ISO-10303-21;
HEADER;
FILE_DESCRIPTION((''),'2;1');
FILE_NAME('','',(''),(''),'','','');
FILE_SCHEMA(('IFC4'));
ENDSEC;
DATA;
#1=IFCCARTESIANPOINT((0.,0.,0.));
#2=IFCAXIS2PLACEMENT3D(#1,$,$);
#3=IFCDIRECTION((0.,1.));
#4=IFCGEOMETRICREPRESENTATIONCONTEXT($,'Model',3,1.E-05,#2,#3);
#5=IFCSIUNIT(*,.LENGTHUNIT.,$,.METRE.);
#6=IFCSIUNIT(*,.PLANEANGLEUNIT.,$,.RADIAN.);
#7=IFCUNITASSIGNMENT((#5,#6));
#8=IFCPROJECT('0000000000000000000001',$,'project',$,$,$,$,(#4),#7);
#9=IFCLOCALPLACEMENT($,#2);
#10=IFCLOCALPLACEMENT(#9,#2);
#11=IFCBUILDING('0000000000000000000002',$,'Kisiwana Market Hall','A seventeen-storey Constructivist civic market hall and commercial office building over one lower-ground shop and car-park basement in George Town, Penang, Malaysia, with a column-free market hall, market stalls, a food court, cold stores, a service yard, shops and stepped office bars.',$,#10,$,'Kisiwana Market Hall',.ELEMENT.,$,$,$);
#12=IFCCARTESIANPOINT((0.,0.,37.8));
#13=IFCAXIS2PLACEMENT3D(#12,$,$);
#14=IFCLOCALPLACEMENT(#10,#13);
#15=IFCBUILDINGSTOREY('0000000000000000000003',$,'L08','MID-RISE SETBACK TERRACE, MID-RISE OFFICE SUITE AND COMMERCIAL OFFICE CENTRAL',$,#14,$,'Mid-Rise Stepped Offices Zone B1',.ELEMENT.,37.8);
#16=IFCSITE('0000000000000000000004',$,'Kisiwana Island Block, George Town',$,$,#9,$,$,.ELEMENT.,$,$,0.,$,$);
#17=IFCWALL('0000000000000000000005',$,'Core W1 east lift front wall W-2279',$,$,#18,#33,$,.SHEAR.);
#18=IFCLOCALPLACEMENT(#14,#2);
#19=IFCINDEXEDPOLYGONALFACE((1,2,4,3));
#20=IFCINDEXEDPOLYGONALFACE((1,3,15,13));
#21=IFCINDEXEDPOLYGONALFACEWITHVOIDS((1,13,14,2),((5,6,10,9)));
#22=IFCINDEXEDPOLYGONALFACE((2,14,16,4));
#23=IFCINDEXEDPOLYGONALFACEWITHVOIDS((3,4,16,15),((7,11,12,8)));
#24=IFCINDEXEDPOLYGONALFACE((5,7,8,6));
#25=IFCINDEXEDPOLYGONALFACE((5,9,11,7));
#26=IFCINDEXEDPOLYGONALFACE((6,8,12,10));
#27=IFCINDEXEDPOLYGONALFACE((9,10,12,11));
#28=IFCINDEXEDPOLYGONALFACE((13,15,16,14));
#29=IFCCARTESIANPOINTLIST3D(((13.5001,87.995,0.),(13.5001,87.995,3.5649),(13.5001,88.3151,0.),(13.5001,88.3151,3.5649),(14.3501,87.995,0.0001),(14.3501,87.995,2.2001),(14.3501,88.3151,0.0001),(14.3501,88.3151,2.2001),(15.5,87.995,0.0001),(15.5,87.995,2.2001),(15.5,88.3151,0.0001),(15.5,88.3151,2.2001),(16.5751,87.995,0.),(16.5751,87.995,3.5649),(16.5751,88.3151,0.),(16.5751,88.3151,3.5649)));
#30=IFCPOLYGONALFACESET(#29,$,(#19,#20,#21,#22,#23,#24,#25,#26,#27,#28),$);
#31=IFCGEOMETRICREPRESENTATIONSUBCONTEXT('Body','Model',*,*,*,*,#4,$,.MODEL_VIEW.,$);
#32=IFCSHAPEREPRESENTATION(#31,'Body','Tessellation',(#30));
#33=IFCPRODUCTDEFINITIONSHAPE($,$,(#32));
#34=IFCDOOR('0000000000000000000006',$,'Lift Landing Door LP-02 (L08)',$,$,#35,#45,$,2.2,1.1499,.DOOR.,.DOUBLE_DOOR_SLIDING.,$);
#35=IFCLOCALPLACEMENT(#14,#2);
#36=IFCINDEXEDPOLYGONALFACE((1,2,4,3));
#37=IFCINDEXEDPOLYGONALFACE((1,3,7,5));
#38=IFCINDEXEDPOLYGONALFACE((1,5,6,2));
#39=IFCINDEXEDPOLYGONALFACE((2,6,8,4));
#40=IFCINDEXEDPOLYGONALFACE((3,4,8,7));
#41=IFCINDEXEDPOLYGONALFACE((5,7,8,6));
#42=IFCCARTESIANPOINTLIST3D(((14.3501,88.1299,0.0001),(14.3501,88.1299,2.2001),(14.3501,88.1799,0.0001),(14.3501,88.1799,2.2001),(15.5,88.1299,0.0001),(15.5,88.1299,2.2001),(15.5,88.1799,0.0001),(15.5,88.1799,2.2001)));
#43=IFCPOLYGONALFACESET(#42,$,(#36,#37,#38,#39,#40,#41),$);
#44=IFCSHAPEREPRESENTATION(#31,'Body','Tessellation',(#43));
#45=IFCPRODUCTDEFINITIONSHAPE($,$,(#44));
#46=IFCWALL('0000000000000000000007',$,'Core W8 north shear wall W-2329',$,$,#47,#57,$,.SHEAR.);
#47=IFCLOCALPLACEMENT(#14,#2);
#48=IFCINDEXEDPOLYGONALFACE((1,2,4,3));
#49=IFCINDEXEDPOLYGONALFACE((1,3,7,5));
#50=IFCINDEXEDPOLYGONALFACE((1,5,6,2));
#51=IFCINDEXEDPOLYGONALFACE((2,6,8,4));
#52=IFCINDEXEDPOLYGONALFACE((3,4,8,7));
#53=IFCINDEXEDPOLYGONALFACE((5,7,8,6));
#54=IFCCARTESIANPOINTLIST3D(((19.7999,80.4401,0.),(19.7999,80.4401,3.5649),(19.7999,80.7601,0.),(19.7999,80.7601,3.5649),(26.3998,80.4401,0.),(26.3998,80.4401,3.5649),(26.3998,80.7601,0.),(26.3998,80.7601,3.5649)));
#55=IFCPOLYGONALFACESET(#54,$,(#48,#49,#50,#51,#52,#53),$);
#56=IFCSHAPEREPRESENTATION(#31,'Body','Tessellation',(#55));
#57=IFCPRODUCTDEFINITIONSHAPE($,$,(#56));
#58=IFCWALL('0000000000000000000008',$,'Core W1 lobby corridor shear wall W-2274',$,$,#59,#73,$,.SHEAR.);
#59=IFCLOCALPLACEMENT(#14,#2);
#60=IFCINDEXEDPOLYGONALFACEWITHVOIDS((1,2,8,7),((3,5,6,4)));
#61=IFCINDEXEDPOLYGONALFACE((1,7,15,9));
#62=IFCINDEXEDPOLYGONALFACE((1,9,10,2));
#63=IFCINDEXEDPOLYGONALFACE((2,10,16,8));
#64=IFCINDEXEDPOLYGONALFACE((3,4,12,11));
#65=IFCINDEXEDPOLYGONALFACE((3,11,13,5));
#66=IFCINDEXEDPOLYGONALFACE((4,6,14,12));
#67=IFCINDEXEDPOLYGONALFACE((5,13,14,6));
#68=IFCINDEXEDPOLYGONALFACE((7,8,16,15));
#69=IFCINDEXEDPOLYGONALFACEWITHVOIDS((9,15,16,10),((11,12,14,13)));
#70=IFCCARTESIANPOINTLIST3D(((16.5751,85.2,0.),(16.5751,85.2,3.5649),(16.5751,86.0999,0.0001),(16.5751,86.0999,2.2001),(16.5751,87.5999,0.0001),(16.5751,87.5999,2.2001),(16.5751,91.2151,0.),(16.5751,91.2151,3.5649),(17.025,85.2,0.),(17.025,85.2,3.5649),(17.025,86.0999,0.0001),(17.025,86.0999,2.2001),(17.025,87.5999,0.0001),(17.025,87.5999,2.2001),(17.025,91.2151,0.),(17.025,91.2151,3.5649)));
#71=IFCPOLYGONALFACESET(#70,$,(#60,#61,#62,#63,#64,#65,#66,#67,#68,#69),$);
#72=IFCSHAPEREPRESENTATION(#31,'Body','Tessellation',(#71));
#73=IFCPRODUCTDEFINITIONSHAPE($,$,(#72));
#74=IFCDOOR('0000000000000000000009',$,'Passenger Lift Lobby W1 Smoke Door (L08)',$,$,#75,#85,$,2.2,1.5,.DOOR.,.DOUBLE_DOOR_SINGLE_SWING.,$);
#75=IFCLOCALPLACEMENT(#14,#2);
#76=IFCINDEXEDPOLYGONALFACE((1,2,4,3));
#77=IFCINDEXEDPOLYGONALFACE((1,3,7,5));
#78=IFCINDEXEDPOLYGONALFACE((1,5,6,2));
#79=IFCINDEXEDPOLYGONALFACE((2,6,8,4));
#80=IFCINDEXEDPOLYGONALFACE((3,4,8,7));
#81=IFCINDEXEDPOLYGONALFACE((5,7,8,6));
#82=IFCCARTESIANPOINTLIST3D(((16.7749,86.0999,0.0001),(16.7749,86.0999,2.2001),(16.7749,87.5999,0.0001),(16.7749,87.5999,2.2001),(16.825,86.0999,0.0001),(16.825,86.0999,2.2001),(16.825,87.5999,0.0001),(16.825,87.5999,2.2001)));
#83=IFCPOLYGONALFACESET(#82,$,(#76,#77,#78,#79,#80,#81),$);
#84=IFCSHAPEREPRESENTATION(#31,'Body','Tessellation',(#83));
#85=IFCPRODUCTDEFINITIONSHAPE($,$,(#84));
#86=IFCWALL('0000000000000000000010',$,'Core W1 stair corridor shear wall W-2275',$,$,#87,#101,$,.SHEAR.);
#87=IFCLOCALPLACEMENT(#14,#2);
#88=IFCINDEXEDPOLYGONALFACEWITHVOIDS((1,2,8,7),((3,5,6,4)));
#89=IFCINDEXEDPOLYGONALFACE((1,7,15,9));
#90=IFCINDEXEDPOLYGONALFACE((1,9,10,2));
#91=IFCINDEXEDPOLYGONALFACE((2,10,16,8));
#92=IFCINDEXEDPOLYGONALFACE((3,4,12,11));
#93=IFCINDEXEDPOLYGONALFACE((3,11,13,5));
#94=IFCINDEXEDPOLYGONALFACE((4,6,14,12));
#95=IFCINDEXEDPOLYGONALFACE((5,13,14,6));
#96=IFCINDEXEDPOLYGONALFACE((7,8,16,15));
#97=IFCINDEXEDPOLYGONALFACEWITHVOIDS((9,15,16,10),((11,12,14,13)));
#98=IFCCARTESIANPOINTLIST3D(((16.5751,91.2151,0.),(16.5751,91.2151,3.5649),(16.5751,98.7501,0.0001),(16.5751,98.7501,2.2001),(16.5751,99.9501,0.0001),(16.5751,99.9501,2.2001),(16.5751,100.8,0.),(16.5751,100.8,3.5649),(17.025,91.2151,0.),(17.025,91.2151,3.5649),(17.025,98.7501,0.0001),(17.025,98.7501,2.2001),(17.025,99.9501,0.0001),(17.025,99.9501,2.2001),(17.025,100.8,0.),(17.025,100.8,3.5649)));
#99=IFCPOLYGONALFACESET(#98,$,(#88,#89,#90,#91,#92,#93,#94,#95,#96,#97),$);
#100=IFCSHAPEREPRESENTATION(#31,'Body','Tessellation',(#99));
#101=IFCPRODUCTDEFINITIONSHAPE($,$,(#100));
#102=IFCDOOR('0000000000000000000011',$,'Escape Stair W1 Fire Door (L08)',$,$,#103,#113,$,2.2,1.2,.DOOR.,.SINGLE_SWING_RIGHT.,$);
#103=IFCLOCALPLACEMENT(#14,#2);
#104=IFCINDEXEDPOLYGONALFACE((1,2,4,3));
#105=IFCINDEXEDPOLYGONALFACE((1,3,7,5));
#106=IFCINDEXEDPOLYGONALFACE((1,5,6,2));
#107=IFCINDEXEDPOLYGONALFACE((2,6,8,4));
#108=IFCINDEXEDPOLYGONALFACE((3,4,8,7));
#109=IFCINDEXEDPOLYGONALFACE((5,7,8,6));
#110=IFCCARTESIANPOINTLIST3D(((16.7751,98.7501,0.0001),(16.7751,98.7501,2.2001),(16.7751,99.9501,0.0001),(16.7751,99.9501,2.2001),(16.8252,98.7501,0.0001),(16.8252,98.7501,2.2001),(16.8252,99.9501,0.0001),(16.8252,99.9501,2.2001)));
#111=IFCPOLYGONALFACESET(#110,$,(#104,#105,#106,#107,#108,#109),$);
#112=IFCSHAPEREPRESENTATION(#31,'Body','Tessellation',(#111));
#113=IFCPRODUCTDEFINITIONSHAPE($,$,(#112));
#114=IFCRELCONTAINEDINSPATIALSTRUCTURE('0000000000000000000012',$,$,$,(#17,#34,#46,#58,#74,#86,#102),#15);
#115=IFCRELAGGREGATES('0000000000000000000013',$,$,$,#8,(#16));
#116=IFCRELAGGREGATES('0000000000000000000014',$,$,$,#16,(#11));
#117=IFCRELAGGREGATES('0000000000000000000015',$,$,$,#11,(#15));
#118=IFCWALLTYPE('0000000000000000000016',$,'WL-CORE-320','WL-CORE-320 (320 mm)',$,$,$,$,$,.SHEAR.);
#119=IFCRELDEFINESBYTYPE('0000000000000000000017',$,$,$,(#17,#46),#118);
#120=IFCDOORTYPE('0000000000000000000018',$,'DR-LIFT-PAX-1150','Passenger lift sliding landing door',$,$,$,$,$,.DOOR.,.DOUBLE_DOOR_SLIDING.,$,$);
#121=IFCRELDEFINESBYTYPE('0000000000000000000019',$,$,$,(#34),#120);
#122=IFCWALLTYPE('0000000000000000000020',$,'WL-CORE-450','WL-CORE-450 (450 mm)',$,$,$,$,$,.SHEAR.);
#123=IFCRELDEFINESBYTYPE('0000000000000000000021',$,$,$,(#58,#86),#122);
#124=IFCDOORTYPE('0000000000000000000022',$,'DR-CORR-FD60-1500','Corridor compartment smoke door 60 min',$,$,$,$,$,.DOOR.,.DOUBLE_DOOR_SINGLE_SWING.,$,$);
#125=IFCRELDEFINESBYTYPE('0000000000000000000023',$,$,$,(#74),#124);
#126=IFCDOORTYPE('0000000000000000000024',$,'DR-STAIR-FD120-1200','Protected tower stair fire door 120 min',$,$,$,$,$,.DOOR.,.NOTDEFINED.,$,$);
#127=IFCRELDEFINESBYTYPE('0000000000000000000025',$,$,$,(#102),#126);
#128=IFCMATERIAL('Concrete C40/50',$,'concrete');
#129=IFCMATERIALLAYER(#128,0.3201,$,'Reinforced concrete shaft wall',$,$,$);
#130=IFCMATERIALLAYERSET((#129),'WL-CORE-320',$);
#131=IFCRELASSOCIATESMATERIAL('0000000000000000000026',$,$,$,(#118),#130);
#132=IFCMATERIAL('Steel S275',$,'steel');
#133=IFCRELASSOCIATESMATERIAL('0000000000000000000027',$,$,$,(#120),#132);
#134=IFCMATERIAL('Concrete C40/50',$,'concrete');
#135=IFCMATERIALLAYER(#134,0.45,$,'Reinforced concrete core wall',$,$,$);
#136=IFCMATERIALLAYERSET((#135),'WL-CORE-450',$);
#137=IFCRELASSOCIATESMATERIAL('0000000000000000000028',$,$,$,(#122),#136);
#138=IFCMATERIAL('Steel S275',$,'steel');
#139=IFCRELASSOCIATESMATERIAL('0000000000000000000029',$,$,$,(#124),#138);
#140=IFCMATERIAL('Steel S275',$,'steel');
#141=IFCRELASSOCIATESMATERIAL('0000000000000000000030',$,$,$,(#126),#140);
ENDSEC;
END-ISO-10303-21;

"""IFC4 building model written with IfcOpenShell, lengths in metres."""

from ifc_helpers import new_model, si_unit, direction, frame, frame_2d, origin, place, context, subcontext, project, spatial, rectangle, extrude, material, layer, layer_set, type_object, element, fill, save


model = new_model("IFC4")

# Units and contexts
model_context = context("Model", 3, precision=1e-05, world=origin(), true_north=direction((0.0, 1.0)))
body_context = subcontext(model_context, "Body", "Model", "MODEL_VIEW")
ifc_project = project(units=[si_unit("LENGTHUNIT", "METRE"), si_unit("PLANEANGLEUNIT", "RADIAN")], contexts=[model_context])

# Site, building, storey
site_placement = place(None, origin())
site = spatial("IfcSite", under=ifc_project, at=site_placement, Name="Kisiwana Island Block, George Town", CompositionType="ELEMENT", RefElevation=0.0)
building_placement = place(site_placement, origin())
building = spatial("IfcBuilding", under=site, at=building_placement, Name="Kisiwana Market Hall", Description="A seventeen-storey Constructivist civic market hall and commercial office building over one lower-ground shop and car-park basement in George Town, Penang, Malaysia, with a column-free market hall, market stalls, a food court, cold stores, a service yard, shops and stepped office bars.", LongName="Kisiwana Market Hall", CompositionType="ELEMENT")
storey_placement = place(building_placement, frame((0.0, 0.0, 37.8)))
storey = spatial("IfcBuildingStorey", under=building, at=storey_placement, Name="L08", Description="MID-RISE SETBACK TERRACE, MID-RISE OFFICE SUITE AND COMMERCIAL OFFICE CENTRAL", LongName="Mid-Rise Stepped Offices Zone B1", CompositionType="ELEMENT", Elevation=37.8)

# Shared definitions
ifc_material_1 = material(Name="Concrete C40/50", Category="concrete")
ifc_layer_1 = layer(ifc_material_1, 0.3201, Name="Reinforced concrete shaft wall")
ifc_layer_set_1 = layer_set([ifc_layer_1], Name="WL-CORE-320")
wall_type_1 = type_object("IfcWallType", Name="WL-CORE-320", Description="WL-CORE-320 (320 mm)", PredefinedType="SHEAR", material=ifc_layer_set_1)

# Wall, opening, door
wall_1_placement = place(storey_placement, frame((13.5, 88.155, 0.0), z_axis=(0.0, 0.0, 1.0), x_axis=(1.0, 0.0, 0.0)))
wall_1 = element("IfcWall", 1, at=wall_1_placement, inside=storey, type_object=wall_type_1, Name="Core W1 east lift front wall W-2279", PredefinedType="SHEAR", context=body_context, shape_type="SweptSolid", body=[
    extrude(rectangle(XDim=3.075, YDim=0.3201, at=frame_2d((1.5376, 0.0))), origin(), (0.0, 0.0, 1.0), 3.5649),
])
opening_1_placement = place(wall_1_placement, frame((0.8501, 0.0, 0.0)))
opening_1 = element("IfcOpeningElement", 2, at=opening_1_placement, cuts=wall_1, PredefinedType="OPENING", context=body_context, shape_type="SweptSolid", body=[
    extrude(rectangle(XDim=1.1499, YDim=2.2, at=frame_2d((0.575, 1.1001))), frame((0.0, 0.1719, 0.0), z_axis=(0.0, -1.0, 0.0), x_axis=(1.0, 0.0, 0.0)), (0.0, 0.0, 1.0), 0.344),
])
ifc_material_2 = material(Name="Steel S275", Category="steel")
door_type_1 = type_object("IfcDoorType", Name="DR-LIFT-PAX-1150", Description="Passenger lift sliding landing door", OperationType="DOUBLE_DOOR_SLIDING", PredefinedType="DOOR", material=ifc_material_2)
door_1_placement = place(opening_1_placement, origin())
door_1 = element("IfcDoor", 3, at=door_1_placement, inside=storey, type_object=door_type_1, Name="Lift Landing Door LP-02 (L08)", OperationType="DOUBLE_DOOR_SLIDING", OverallHeight=2.2, OverallWidth=1.1499, PredefinedType="DOOR", context=body_context, shape_type="SweptSolid", body=[
    extrude(rectangle(XDim=1.1499, YDim=2.2, at=frame_2d((0.575, 1.1001))), frame((0.0, 0.0249, 0.0), z_axis=(0.0, -1.0, 0.0), x_axis=(1.0, 0.0, 0.0)), (0.0, 0.0, 1.0), 0.05),
])
fill(opening_1, door_1)

# Wall
wall_2_placement = place(storey_placement, frame((19.8, 80.6001, 0.0), z_axis=(0.0, 0.0, 1.0), x_axis=(1.0, 0.0, 0.0)))
element("IfcWall", 4, at=wall_2_placement, inside=storey, type_object=wall_type_1, Name="Core W8 north shear wall W-2329", PredefinedType="SHEAR", context=body_context, shape_type="SweptSolid", body=[
    extrude(rectangle(XDim=6.5999, YDim=0.3201, at=frame_2d((3.2998, 0.0))), origin(), (0.0, 0.0, 1.0), 3.5649),
])

# Walls, openings, doors
ifc_material_3 = material(Name="Concrete C40/50", Category="concrete")
ifc_layer_2 = layer(ifc_material_3, 0.45, Name="Reinforced concrete core wall")
ifc_layer_set_2 = layer_set([ifc_layer_2], Name="WL-CORE-450")
wall_type_2 = type_object("IfcWallType", Name="WL-CORE-450", Description="WL-CORE-450 (450 mm)", PredefinedType="SHEAR", material=ifc_layer_set_2)
wall_3_placement = place(storey_placement, frame((16.8, 85.2, 0.0), z_axis=(0.0, 0.0, 1.0), x_axis=(0.0, 1.0, 0.0)))
wall_3 = element("IfcWall", 5, at=wall_3_placement, inside=storey, type_object=wall_type_2, Name="Core W1 lobby corridor shear wall W-2274", PredefinedType="SHEAR", context=body_context, shape_type="SweptSolid", body=[
    extrude(rectangle(XDim=6.0151, YDim=0.45, at=frame_2d((3.0076, 0.0))), origin(), (0.0, 0.0, 1.0), 3.5649),
])
opening_2_placement = place(wall_3_placement, frame((0.8999, 0.0, 0.0)))
opening_2 = element("IfcOpeningElement", 6, at=opening_2_placement, cuts=wall_3, PredefinedType="OPENING", context=body_context, shape_type="SweptSolid", body=[
    extrude(rectangle(XDim=1.5, YDim=2.2, at=frame_2d((0.75, 1.1001))), frame((0.0, 0.2368, 0.0), z_axis=(0.0, -1.0, 0.0), x_axis=(1.0, 0.0, 0.0)), (0.0, 0.0, 1.0), 0.4739),
])
ifc_material_4 = material(Name="Steel S275", Category="steel")
door_type_2 = type_object("IfcDoorType", Name="DR-CORR-FD60-1500", Description="Corridor compartment smoke door 60 min", OperationType="DOUBLE_DOOR_SINGLE_SWING", PredefinedType="DOOR", material=ifc_material_4)
door_2_placement = place(opening_2_placement, frame((1.5, 0.0, 0.0), z_axis=(0.0, 0.0, 1.0), x_axis=(-1.0, 0.0, 0.0)))
door_2 = element("IfcDoor", 7, at=door_2_placement, inside=storey, type_object=door_type_2, Name="Passenger Lift Lobby W1 Smoke Door (L08)", OperationType="DOUBLE_DOOR_SINGLE_SWING", OverallHeight=2.2, OverallWidth=1.5, PredefinedType="DOOR", context=body_context, shape_type="SweptSolid", body=[
    extrude(rectangle(XDim=1.5, YDim=2.2, at=frame_2d((0.75, 1.1001))), frame((0.0, 0.0249, 0.0), z_axis=(0.0, -1.0, 0.0), x_axis=(1.0, 0.0, 0.0)), (0.0, 0.0, 1.0), 0.05),
])
fill(opening_2, door_2)
wall_4_placement = place(storey_placement, frame((16.8, 91.2151, 0.0), z_axis=(0.0, 0.0, 1.0), x_axis=(0.0, 1.0, 0.0)))
wall_4 = element("IfcWall", 8, at=wall_4_placement, inside=storey, type_object=wall_type_2, Name="Core W1 stair corridor shear wall W-2275", PredefinedType="SHEAR", context=body_context, shape_type="SweptSolid", body=[
    extrude(rectangle(XDim=9.585, YDim=0.45, at=frame_2d((4.7925, 0.0))), origin(), (0.0, 0.0, 1.0), 3.5649),
])
opening_3_placement = place(wall_4_placement, frame((7.5349, 0.0, 0.0)))
opening_3 = element("IfcOpeningElement", 9, at=opening_3_placement, cuts=wall_4, PredefinedType="OPENING", context=body_context, shape_type="SweptSolid", body=[
    extrude(rectangle(XDim=1.2, YDim=2.2, at=frame_2d((0.6001, 1.1001))), frame((0.0, 0.2368, 0.0), z_axis=(0.0, -1.0, 0.0), x_axis=(1.0, 0.0, 0.0)), (0.0, 0.0, 1.0), 0.4739),
])
ifc_material_5 = material(Name="Steel S275", Category="steel")
door_type_3 = type_object("IfcDoorType", Name="DR-STAIR-FD120-1200", Description="Protected tower stair fire door 120 min", OperationType="NOTDEFINED", PredefinedType="DOOR", material=ifc_material_5)
door_3_placement = place(opening_3_placement, origin())
door_3 = element("IfcDoor", 10, at=door_3_placement, inside=storey, type_object=door_type_3, Name="Escape Stair W1 Fire Door (L08)", OperationType="SINGLE_SWING_RIGHT", OverallHeight=2.2, OverallWidth=1.2, PredefinedType="DOOR", context=body_context, shape_type="SweptSolid", body=[
    extrude(rectangle(XDim=1.2, YDim=2.2, at=frame_2d((0.6001, 1.1001))), frame((0.0, 0.0249, 0.0), z_axis=(0.0, -1.0, 0.0), x_axis=(1.0, 0.0, 0.0)), (0.0, 0.0, 1.0), 0.05),
])
fill(opening_3, door_3)

save(model, "model.ifc")
